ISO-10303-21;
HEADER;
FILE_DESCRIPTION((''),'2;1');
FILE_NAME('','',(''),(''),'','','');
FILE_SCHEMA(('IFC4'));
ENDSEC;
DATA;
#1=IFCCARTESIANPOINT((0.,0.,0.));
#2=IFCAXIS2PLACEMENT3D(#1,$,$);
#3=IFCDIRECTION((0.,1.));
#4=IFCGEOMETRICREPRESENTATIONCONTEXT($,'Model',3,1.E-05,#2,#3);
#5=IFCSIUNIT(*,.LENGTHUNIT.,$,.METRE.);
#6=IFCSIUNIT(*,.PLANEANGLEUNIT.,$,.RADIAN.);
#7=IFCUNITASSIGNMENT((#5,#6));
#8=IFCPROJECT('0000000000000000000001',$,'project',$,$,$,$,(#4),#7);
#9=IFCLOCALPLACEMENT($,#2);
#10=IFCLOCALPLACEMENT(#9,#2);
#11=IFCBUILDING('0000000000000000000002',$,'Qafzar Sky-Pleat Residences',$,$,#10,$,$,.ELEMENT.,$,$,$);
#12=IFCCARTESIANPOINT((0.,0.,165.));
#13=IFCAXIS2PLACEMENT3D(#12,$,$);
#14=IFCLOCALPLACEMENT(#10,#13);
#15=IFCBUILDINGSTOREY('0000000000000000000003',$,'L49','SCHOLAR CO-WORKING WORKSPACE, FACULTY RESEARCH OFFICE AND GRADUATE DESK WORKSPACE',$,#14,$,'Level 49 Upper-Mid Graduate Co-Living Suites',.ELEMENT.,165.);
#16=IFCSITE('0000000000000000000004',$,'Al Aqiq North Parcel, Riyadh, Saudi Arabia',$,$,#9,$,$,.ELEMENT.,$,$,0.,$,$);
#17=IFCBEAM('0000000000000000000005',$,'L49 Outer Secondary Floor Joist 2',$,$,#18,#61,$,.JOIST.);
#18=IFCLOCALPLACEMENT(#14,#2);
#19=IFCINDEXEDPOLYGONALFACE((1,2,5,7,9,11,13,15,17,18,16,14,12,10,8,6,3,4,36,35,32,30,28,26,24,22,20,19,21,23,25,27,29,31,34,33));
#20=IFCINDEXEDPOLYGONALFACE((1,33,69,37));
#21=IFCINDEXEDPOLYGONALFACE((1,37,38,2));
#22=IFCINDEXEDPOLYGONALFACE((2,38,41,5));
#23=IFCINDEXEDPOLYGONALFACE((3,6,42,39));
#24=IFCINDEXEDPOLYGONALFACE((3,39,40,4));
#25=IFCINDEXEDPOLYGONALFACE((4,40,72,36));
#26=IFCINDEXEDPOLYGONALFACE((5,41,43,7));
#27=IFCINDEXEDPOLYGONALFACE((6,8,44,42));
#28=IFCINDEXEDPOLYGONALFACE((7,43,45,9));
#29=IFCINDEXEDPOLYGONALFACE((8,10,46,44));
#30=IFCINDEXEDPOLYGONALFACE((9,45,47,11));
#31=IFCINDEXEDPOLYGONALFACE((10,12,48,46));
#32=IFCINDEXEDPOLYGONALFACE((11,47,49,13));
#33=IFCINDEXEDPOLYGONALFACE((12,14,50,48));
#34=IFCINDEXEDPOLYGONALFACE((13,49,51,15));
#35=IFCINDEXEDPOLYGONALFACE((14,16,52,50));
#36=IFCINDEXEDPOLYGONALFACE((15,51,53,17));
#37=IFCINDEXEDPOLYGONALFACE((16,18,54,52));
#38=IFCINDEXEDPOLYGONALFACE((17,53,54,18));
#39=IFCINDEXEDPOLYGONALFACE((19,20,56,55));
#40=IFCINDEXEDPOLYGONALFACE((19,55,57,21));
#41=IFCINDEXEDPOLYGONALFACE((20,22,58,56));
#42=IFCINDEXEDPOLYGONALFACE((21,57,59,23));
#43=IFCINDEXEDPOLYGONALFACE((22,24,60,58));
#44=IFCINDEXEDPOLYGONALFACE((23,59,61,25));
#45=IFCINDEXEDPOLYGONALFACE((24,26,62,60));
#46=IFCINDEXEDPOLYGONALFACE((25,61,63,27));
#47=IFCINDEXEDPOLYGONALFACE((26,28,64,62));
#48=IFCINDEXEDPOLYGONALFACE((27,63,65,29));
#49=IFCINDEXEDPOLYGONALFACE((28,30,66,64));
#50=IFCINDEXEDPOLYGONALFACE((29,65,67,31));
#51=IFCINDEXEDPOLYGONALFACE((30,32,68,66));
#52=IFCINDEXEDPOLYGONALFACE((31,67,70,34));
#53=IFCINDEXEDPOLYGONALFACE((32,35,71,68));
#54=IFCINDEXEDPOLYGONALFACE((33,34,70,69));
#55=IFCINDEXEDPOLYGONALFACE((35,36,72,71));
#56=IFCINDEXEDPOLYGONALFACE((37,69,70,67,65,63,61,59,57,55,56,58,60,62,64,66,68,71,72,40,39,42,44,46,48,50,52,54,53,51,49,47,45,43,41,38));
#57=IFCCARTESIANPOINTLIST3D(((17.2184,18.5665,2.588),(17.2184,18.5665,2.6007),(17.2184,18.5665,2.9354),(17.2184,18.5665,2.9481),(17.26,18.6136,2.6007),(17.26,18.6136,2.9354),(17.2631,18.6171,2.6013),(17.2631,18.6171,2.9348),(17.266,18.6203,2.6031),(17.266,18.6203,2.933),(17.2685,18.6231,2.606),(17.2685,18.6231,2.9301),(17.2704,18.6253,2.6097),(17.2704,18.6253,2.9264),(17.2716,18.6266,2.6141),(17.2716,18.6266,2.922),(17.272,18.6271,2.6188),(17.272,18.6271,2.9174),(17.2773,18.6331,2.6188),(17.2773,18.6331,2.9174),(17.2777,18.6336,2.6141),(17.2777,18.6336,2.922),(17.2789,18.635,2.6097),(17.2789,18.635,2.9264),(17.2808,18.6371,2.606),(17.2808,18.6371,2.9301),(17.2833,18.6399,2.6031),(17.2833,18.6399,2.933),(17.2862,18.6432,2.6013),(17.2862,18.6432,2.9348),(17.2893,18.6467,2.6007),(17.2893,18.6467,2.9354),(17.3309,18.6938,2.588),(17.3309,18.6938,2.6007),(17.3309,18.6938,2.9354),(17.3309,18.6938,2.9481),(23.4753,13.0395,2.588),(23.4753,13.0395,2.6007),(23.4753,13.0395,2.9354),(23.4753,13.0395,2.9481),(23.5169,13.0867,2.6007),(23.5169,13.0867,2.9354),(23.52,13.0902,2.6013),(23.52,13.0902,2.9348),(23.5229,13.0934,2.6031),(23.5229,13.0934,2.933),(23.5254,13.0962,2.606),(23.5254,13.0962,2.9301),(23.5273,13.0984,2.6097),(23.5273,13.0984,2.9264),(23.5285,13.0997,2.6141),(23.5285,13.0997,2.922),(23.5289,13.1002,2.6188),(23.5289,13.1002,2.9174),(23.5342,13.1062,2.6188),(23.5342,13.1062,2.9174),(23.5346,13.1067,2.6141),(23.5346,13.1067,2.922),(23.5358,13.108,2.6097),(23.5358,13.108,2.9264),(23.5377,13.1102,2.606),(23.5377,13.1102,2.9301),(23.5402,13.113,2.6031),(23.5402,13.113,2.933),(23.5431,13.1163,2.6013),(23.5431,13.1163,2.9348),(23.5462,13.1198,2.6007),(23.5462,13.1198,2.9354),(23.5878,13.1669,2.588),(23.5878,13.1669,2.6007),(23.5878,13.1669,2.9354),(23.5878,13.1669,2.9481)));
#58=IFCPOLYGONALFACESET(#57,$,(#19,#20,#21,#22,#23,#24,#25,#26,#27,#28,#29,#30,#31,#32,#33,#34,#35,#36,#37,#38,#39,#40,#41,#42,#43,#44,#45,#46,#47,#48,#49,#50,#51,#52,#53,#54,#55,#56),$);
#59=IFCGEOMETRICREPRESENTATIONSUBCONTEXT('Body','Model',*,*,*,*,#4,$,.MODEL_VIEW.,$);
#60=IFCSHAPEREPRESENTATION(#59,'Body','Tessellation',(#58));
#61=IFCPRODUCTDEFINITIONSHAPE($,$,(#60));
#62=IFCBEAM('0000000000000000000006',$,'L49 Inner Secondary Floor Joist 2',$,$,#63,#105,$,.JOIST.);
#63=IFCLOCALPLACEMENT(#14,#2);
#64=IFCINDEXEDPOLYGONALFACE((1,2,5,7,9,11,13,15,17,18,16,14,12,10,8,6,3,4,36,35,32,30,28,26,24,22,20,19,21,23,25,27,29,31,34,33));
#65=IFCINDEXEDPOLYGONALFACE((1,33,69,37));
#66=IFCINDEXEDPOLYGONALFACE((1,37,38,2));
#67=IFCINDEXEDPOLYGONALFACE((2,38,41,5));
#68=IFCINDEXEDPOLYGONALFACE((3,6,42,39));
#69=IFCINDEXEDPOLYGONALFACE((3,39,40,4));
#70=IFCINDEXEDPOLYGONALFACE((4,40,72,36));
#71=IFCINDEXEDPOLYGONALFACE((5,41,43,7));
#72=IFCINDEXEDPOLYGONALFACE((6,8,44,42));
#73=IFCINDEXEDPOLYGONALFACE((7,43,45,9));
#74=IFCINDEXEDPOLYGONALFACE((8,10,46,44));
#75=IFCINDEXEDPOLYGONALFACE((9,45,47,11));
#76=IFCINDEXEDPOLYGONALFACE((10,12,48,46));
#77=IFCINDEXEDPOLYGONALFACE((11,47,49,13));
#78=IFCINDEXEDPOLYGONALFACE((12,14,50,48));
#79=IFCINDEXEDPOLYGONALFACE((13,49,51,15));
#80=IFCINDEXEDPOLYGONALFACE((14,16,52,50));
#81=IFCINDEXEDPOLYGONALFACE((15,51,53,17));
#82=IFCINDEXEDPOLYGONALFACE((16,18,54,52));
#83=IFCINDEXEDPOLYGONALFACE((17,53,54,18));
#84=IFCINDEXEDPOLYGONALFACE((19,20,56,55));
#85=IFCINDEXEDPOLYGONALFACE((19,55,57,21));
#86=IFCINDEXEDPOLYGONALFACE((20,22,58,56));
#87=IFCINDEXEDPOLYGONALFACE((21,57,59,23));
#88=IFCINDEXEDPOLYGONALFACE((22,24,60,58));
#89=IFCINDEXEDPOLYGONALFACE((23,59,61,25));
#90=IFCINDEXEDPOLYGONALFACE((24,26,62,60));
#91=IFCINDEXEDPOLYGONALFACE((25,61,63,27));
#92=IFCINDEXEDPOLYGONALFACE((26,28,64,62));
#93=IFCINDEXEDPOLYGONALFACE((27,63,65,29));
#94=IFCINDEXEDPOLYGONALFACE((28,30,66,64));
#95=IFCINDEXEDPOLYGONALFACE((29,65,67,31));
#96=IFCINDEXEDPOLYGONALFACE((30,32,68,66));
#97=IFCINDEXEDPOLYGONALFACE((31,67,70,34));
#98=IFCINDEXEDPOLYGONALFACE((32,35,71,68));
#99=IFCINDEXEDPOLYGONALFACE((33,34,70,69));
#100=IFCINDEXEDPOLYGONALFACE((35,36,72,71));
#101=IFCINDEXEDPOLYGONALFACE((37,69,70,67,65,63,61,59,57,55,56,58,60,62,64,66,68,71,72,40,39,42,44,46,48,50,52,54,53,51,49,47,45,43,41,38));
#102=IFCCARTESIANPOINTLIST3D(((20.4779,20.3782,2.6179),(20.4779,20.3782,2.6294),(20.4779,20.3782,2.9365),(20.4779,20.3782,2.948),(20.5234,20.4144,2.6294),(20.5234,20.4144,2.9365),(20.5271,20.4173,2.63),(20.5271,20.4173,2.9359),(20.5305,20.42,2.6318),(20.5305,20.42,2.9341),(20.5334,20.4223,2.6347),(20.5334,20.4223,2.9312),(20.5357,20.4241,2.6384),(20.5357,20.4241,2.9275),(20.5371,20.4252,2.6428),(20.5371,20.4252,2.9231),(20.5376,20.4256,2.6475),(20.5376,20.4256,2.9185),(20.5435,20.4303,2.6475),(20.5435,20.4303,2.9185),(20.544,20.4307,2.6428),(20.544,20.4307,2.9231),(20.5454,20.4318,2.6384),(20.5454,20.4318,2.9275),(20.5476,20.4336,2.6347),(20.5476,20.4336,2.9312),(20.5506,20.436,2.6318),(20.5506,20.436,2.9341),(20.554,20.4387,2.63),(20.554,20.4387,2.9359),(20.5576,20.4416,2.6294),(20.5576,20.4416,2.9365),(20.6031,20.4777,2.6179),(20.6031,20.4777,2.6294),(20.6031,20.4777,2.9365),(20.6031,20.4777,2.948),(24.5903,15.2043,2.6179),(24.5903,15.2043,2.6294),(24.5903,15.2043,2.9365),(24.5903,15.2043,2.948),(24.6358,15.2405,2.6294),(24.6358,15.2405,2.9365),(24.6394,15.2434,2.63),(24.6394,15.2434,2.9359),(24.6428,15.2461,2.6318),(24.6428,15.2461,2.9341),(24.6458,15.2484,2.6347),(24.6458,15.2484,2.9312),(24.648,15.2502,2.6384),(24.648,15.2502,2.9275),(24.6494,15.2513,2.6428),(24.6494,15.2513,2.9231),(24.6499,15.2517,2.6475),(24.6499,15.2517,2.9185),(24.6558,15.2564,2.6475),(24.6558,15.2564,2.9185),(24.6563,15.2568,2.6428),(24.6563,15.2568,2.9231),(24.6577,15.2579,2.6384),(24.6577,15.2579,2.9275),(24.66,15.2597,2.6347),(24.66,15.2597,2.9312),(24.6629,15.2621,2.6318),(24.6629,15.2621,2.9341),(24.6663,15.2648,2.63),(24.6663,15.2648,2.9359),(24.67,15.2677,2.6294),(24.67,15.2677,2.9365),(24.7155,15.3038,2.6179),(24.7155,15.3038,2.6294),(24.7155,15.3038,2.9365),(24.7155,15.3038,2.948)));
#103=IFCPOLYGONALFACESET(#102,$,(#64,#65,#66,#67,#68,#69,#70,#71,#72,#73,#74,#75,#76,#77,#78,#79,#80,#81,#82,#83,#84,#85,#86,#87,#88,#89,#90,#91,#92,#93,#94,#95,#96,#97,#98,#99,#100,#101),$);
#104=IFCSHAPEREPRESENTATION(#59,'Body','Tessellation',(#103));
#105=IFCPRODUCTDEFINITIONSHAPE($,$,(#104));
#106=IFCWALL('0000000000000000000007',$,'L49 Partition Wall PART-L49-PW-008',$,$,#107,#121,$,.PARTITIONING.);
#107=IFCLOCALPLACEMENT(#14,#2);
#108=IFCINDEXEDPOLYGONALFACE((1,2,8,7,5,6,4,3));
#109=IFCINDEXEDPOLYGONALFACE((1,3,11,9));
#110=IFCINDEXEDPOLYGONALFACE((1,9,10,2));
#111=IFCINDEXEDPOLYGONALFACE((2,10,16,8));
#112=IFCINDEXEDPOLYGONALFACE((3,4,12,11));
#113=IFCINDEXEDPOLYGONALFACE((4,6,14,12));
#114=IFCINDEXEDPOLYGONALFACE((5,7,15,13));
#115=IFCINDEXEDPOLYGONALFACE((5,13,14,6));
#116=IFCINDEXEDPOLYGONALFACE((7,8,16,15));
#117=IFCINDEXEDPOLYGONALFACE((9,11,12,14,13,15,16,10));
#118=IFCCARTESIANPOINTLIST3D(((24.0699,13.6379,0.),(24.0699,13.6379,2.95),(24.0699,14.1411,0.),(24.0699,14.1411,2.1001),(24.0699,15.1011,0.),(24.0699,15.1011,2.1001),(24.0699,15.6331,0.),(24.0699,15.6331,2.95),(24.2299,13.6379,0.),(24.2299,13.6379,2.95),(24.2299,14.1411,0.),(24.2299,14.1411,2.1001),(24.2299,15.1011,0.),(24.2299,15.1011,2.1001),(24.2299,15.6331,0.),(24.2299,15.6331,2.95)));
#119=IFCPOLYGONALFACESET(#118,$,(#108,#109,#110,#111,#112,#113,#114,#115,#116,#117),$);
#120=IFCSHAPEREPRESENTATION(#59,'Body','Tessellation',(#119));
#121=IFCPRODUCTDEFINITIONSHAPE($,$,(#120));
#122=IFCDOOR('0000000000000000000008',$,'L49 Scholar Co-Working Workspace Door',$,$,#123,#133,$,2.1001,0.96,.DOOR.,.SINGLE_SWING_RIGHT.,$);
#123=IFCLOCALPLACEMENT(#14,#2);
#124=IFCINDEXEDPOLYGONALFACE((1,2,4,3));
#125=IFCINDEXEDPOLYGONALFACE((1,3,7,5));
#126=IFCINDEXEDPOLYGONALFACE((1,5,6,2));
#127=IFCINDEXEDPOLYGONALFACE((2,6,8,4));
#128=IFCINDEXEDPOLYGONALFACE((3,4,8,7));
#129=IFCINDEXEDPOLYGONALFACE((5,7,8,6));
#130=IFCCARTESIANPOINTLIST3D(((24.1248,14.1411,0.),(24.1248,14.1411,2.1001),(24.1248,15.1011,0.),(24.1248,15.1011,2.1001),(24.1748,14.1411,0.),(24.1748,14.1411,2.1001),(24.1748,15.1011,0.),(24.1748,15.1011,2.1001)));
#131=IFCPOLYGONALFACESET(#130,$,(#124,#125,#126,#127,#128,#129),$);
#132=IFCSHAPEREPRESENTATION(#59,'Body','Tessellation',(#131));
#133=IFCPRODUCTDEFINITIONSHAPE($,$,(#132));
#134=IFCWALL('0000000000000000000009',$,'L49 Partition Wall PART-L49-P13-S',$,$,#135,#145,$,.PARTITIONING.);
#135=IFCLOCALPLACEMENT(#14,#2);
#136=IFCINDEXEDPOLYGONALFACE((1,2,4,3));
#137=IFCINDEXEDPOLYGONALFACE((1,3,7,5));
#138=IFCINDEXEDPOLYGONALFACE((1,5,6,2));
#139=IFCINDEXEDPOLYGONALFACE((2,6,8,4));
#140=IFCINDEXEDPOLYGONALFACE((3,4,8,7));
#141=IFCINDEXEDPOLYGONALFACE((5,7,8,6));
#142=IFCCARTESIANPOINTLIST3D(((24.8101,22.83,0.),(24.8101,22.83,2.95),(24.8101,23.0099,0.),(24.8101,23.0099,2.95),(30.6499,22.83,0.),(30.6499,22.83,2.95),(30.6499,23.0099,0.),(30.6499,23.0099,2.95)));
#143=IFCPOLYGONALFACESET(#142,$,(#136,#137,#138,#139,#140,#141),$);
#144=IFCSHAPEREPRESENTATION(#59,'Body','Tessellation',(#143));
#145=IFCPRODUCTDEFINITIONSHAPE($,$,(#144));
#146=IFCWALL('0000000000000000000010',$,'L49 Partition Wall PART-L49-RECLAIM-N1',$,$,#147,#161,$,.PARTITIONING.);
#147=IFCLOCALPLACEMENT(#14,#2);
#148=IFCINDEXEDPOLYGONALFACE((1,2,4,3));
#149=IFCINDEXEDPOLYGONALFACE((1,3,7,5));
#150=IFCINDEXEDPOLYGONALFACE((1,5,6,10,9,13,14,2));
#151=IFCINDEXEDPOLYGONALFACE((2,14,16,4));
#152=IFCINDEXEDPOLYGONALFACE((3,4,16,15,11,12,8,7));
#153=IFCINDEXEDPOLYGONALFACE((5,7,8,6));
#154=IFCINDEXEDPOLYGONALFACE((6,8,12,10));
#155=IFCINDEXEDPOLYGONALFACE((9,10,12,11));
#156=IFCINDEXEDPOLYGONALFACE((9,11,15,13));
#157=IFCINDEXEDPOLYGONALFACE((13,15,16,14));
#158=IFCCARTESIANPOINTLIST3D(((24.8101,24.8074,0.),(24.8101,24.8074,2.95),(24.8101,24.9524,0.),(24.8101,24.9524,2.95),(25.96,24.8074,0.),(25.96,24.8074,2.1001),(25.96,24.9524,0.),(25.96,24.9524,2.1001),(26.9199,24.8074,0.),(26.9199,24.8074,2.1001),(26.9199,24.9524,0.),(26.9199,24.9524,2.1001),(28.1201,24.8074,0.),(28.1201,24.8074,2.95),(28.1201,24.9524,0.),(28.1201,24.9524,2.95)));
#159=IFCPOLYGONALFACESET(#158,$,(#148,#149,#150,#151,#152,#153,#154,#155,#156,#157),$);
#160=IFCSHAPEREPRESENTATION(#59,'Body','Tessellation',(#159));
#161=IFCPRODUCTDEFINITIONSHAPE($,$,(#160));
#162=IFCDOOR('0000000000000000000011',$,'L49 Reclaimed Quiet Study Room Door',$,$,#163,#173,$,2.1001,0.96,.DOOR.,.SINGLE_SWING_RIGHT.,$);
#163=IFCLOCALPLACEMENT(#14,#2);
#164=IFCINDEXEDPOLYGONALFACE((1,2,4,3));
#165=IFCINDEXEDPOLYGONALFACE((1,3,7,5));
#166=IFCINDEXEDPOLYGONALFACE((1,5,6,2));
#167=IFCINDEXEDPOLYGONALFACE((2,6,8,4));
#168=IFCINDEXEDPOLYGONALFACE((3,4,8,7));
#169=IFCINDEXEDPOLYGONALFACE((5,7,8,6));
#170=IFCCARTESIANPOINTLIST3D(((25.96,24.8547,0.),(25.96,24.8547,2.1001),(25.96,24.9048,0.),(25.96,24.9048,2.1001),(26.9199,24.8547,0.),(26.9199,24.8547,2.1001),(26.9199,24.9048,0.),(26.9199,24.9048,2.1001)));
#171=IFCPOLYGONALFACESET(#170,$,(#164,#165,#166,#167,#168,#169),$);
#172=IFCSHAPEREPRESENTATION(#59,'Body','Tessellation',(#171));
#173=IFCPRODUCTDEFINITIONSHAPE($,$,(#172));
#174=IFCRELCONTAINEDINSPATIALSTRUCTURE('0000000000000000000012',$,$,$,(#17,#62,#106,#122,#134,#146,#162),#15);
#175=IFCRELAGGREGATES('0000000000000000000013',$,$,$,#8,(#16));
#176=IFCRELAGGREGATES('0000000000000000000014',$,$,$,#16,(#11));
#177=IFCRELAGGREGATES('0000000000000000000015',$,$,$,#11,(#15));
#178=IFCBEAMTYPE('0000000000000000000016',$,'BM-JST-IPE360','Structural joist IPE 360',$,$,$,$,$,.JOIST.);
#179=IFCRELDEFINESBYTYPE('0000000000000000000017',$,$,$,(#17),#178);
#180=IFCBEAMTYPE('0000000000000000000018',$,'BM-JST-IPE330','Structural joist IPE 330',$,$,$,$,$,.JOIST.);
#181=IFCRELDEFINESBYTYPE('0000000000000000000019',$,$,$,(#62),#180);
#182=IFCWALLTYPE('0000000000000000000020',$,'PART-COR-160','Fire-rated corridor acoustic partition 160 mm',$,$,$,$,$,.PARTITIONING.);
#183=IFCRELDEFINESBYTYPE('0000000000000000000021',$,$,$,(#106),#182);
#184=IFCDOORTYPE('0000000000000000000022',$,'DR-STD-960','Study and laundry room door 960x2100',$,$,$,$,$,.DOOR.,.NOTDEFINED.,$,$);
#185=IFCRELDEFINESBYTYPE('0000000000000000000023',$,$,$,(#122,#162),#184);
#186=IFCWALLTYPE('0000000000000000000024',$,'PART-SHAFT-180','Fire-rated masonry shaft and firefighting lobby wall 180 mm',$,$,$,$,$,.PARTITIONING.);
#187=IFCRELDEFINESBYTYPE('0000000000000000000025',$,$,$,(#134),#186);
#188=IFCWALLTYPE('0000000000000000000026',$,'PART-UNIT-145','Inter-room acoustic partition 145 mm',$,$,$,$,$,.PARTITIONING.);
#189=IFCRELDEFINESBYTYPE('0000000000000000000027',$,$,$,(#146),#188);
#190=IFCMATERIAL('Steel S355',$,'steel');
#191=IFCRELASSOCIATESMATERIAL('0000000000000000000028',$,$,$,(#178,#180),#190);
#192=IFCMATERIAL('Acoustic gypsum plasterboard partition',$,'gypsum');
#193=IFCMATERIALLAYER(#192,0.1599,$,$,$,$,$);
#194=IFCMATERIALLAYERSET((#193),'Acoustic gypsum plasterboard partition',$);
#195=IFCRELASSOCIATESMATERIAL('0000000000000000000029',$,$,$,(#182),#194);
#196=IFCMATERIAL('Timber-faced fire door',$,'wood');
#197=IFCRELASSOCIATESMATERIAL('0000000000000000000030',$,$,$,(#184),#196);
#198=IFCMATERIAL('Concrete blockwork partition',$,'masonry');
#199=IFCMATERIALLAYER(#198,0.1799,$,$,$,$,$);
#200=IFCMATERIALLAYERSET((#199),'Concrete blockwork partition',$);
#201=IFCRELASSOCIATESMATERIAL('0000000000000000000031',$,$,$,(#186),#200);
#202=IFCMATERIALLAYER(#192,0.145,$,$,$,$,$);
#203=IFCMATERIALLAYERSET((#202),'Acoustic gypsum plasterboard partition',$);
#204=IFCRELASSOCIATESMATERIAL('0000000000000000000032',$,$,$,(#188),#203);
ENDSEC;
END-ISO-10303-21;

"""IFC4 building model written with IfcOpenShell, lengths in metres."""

from ifc_helpers import new_model, si_unit, direction, frame, frame_2d, origin, origin_2d, place, context, subcontext, project, spatial, rectangle, i_section, extrude, source, transform, mapped, material, layer, layer_set, material_profile, profile_set, type_object, element, fill, save


model = new_model("IFC4")

# Units and contexts
model_context = context("Model", 3, precision=1e-05, world=origin(), true_north=direction((0.0, 1.0)))
body_context = subcontext(model_context, "Body", "Model", "MODEL_VIEW")
ifc_project = project(units=[si_unit("LENGTHUNIT", "METRE"), si_unit("PLANEANGLEUNIT", "RADIAN")], contexts=[model_context])

# Site, building, storey
site_placement = place(None, origin())
site = spatial("IfcSite", under=ifc_project, at=site_placement, Name="Al Aqiq North Parcel, Riyadh, Saudi Arabia", CompositionType="ELEMENT", RefElevation=0.0)
building_placement = place(site_placement, origin())
building = spatial("IfcBuilding", under=site, at=building_placement, Name="Qafzar Sky-Pleat Residences", CompositionType="ELEMENT")
storey_placement = place(building_placement, frame((0.0, 0.0, 165.0)))
storey = spatial("IfcBuildingStorey", under=building, at=storey_placement, Name="L49", Description="SCHOLAR CO-WORKING WORKSPACE, FACULTY RESEARCH OFFICE AND GRADUATE DESK WORKSPACE", LongName="Level 49 Upper-Mid Graduate Co-Living Suites", CompositionType="ELEMENT", Elevation=165.0)

# Beams
ifc_material_1 = material(Name="Steel S355", Category="steel")
ifc_material_profile_1 = material_profile(ifc_material_1, i_section(OverallWidth=0.1699, OverallDepth=0.3601, WebThickness=0.0081, FlangeThickness=0.0127, FilletRadius=0.0181, at=origin_2d()), Name="IPE 360")
ifc_profile_set_1 = profile_set([ifc_material_profile_1], Name="Steel S355")
beam_type_1 = type_object("IfcBeamType", Name="BM-JST-IPE360", Description="Structural joist IPE 360", PredefinedType="JOIST", material=ifc_profile_set_1)
shared_shape_1 = source(origin(), body_context, "Body", "SweptSolid", [
    extrude(i_section(OverallWidth=0.1699, OverallDepth=0.3601, WebThickness=0.0081, FlangeThickness=0.0127, FilletRadius=0.0181, at=origin_2d()), origin(), (0.0, 0.0, 1.0), 8.3484),
])
beam_1_placement = place(storey_placement, frame((17.2747, 18.6301, 2.7681), z_axis=(0.749474, -0.662034, 0.0), x_axis=(0.662034, 0.749474, 0.0)))
element("IfcBeam", 1, at=beam_1_placement, inside=storey, type_object=beam_type_1, Name="L49 Outer Secondary Floor Joist 2", PredefinedType="JOIST", context=body_context, shape_type="MappedRepresentation", body=[
    mapped(shared_shape_1, transform((0.0, 0.0, 0.0), x_axis=(1.0, 0.0, 0.0), y_axis=(0.0, 1.0, 0.0), z_axis=(0.0, 0.0, 1.0), scale=1.0)),
])
ifc_material_profile_2 = material_profile(ifc_material_1, i_section(OverallWidth=0.1599, OverallDepth=0.3301, WebThickness=0.0076, FlangeThickness=0.0115, FilletRadius=0.0181, at=origin_2d()), Name="IPE 330")
ifc_profile_set_2 = profile_set([ifc_material_profile_2], Name="Steel S355")
beam_type_2 = type_object("IfcBeamType", Name="BM-JST-IPE330", Description="Structural joist IPE 330", PredefinedType="JOIST", material=ifc_profile_set_2)
shared_shape_2 = source(origin(), body_context, "Body", "SweptSolid", [
    extrude(i_section(OverallWidth=0.1599, OverallDepth=0.3301, WebThickness=0.0076, FlangeThickness=0.0115, FilletRadius=0.0181, at=origin_2d()), origin(), (0.0, 0.0, 1.0), 6.6091),
])
beam_2_placement = place(storey_placement, frame((20.5405, 20.428, 2.783), z_axis=(0.622223, -0.78284, 0.0), x_axis=(0.78284, 0.622223, 0.0)))
element("IfcBeam", 2, at=beam_2_placement, inside=storey, type_object=beam_type_2, Name="L49 Inner Secondary Floor Joist 2", PredefinedType="JOIST", context=body_context, shape_type="MappedRepresentation", body=[
    mapped(shared_shape_2, transform((0.0, 0.0, 0.0), x_axis=(1.0, 0.0, 0.0), y_axis=(0.0, 1.0, 0.0), z_axis=(0.0, 0.0, 1.0), scale=1.0)),
])

# Wall, opening, door
ifc_material_2 = material(Name="Acoustic gypsum plasterboard partition", Category="gypsum")
ifc_layer_1 = layer(ifc_material_2, 0.1599)
ifc_layer_set_1 = layer_set([ifc_layer_1], Name="Acoustic gypsum plasterboard partition")
wall_type_1 = type_object("IfcWallType", Name="PART-COR-160", Description="Fire-rated corridor acoustic partition 160 mm", PredefinedType="PARTITIONING", material=ifc_layer_set_1)
wall_1_placement = place(storey_placement, frame((24.1499, 15.6331, 0.0), z_axis=(0.0, 0.0, 1.0), x_axis=(0.0, -1.0, 0.0)))
wall_1 = element("IfcWall", 3, at=wall_1_placement, inside=storey, type_object=wall_type_1, Name="L49 Partition Wall PART-L49-PW-008", PredefinedType="PARTITIONING", context=body_context, shape_type="SweptSolid", body=[
    extrude(rectangle(XDim=1.9951, YDim=0.1599, at=frame_2d((0.9976, 0.0))), origin(), (0.0, 0.0, 1.0), 2.95),
])
opening_1_placement = place(wall_1_placement, frame((0.532, 0.0, 0.0)))
opening_1 = element("IfcOpeningElement", 4, at=opening_1_placement, cuts=wall_1, PredefinedType="OPENING", context=body_context, shape_type="SweptSolid", body=[
    extrude(rectangle(XDim=0.96, YDim=2.1001, at=frame_2d((0.48, 1.05))), frame((0.0, 0.0898, 0.0), z_axis=(0.0, -1.0, 0.0), x_axis=(1.0, 0.0, 0.0)), (0.0, 0.0, 1.0), 0.1799),
])
ifc_material_3 = material(Name="Timber-faced fire door", Category="wood")
door_type_1 = type_object("IfcDoorType", Name="DR-STD-960", Description="Study and laundry room door 960x2100", OperationType="NOTDEFINED", PredefinedType="DOOR", material=ifc_material_3)
shared_shape_3 = source(origin(), body_context, "Body", "SweptSolid", [
    extrude(rectangle(XDim=0.96, YDim=2.1001, at=frame_2d((0.48, 1.05))), frame((0.0, 0.0249, 0.0), z_axis=(0.0, -1.0, 0.0), x_axis=(1.0, 0.0, 0.0)), (0.0, 0.0, 1.0), 0.05),
])
door_1_placement = place(opening_1_placement, origin())
door_1 = element("IfcDoor", 5, at=door_1_placement, inside=storey, type_object=door_type_1, Name="L49 Scholar Co-Working Workspace Door", OperationType="SINGLE_SWING_RIGHT", OverallHeight=2.1001, OverallWidth=0.96, PredefinedType="DOOR", context=body_context, shape_type="MappedRepresentation", body=[
    mapped(shared_shape_3, transform((0.0, 0.0, 0.0), x_axis=(1.0, 0.0, 0.0), y_axis=(0.0, 1.0, 0.0), z_axis=(0.0, 0.0, 1.0), scale=1.0)),
])
fill(opening_1, door_1)

# Wall
ifc_material_4 = material(Name="Concrete blockwork partition", Category="masonry")
ifc_layer_2 = layer(ifc_material_4, 0.1799)
ifc_layer_set_2 = layer_set([ifc_layer_2], Name="Concrete blockwork partition")
wall_type_2 = type_object("IfcWallType", Name="PART-SHAFT-180", Description="Fire-rated masonry shaft and firefighting lobby wall 180 mm", PredefinedType="PARTITIONING", material=ifc_layer_set_2)
wall_2_placement = place(storey_placement, frame((24.8101, 22.9199, 0.0), z_axis=(0.0, 0.0, 1.0), x_axis=(1.0, 0.0, 0.0)))
element("IfcWall", 6, at=wall_2_placement, inside=storey, type_object=wall_type_2, Name="L49 Partition Wall PART-L49-P13-S", PredefinedType="PARTITIONING", context=body_context, shape_type="SweptSolid", body=[
    extrude(rectangle(XDim=5.8398, YDim=0.1799, at=frame_2d((2.9199, 0.0))), origin(), (0.0, 0.0, 1.0), 2.95),
])

# Wall, opening, door
ifc_layer_3 = layer(ifc_material_2, 0.145)
ifc_layer_set_3 = layer_set([ifc_layer_3], Name="Acoustic gypsum plasterboard partition")
wall_type_3 = type_object("IfcWallType", Name="PART-UNIT-145", Description="Inter-room acoustic partition 145 mm", PredefinedType="PARTITIONING", material=ifc_layer_set_3)
wall_3_placement = place(storey_placement, frame((24.8101, 24.8799, 0.0), z_axis=(0.0, 0.0, 1.0), x_axis=(1.0, 0.0, 0.0)))
wall_3 = element("IfcWall", 7, at=wall_3_placement, inside=storey, type_object=wall_type_3, Name="L49 Partition Wall PART-L49-RECLAIM-N1", PredefinedType="PARTITIONING", context=body_context, shape_type="SweptSolid", body=[
    extrude(rectangle(XDim=3.3101, YDim=0.145, at=frame_2d((1.655, 0.0))), origin(), (0.0, 0.0, 1.0), 2.95),
])
opening_2_placement = place(wall_3_placement, frame((1.1499, 0.0, 0.0)))
opening_2 = element("IfcOpeningElement", 8, at=opening_2_placement, cuts=wall_3, PredefinedType="OPENING", context=body_context, shape_type="SweptSolid", body=[
    extrude(rectangle(XDim=0.96, YDim=2.1001, at=frame_2d((0.48, 1.05))), frame((0.0, 0.0825, 0.0), z_axis=(0.0, -1.0, 0.0), x_axis=(1.0, 0.0, 0.0)), (0.0, 0.0, 1.0), 0.165),
])
door_2_placement = place(opening_2_placement, origin())
door_2 = element("IfcDoor", 9, at=door_2_placement, inside=storey, type_object=door_type_1, Name="L49 Reclaimed Quiet Study Room Door", OperationType="SINGLE_SWING_RIGHT", OverallHeight=2.1001, OverallWidth=0.96, PredefinedType="DOOR", context=body_context, shape_type="MappedRepresentation", body=[
    mapped(shared_shape_3, transform((0.0, 0.0, 0.0), x_axis=(1.0, 0.0, 0.0), y_axis=(0.0, 1.0, 0.0), z_axis=(0.0, 0.0, 1.0), scale=1.0)),
])
fill(opening_2, door_2)

save(model, "model.ifc")
